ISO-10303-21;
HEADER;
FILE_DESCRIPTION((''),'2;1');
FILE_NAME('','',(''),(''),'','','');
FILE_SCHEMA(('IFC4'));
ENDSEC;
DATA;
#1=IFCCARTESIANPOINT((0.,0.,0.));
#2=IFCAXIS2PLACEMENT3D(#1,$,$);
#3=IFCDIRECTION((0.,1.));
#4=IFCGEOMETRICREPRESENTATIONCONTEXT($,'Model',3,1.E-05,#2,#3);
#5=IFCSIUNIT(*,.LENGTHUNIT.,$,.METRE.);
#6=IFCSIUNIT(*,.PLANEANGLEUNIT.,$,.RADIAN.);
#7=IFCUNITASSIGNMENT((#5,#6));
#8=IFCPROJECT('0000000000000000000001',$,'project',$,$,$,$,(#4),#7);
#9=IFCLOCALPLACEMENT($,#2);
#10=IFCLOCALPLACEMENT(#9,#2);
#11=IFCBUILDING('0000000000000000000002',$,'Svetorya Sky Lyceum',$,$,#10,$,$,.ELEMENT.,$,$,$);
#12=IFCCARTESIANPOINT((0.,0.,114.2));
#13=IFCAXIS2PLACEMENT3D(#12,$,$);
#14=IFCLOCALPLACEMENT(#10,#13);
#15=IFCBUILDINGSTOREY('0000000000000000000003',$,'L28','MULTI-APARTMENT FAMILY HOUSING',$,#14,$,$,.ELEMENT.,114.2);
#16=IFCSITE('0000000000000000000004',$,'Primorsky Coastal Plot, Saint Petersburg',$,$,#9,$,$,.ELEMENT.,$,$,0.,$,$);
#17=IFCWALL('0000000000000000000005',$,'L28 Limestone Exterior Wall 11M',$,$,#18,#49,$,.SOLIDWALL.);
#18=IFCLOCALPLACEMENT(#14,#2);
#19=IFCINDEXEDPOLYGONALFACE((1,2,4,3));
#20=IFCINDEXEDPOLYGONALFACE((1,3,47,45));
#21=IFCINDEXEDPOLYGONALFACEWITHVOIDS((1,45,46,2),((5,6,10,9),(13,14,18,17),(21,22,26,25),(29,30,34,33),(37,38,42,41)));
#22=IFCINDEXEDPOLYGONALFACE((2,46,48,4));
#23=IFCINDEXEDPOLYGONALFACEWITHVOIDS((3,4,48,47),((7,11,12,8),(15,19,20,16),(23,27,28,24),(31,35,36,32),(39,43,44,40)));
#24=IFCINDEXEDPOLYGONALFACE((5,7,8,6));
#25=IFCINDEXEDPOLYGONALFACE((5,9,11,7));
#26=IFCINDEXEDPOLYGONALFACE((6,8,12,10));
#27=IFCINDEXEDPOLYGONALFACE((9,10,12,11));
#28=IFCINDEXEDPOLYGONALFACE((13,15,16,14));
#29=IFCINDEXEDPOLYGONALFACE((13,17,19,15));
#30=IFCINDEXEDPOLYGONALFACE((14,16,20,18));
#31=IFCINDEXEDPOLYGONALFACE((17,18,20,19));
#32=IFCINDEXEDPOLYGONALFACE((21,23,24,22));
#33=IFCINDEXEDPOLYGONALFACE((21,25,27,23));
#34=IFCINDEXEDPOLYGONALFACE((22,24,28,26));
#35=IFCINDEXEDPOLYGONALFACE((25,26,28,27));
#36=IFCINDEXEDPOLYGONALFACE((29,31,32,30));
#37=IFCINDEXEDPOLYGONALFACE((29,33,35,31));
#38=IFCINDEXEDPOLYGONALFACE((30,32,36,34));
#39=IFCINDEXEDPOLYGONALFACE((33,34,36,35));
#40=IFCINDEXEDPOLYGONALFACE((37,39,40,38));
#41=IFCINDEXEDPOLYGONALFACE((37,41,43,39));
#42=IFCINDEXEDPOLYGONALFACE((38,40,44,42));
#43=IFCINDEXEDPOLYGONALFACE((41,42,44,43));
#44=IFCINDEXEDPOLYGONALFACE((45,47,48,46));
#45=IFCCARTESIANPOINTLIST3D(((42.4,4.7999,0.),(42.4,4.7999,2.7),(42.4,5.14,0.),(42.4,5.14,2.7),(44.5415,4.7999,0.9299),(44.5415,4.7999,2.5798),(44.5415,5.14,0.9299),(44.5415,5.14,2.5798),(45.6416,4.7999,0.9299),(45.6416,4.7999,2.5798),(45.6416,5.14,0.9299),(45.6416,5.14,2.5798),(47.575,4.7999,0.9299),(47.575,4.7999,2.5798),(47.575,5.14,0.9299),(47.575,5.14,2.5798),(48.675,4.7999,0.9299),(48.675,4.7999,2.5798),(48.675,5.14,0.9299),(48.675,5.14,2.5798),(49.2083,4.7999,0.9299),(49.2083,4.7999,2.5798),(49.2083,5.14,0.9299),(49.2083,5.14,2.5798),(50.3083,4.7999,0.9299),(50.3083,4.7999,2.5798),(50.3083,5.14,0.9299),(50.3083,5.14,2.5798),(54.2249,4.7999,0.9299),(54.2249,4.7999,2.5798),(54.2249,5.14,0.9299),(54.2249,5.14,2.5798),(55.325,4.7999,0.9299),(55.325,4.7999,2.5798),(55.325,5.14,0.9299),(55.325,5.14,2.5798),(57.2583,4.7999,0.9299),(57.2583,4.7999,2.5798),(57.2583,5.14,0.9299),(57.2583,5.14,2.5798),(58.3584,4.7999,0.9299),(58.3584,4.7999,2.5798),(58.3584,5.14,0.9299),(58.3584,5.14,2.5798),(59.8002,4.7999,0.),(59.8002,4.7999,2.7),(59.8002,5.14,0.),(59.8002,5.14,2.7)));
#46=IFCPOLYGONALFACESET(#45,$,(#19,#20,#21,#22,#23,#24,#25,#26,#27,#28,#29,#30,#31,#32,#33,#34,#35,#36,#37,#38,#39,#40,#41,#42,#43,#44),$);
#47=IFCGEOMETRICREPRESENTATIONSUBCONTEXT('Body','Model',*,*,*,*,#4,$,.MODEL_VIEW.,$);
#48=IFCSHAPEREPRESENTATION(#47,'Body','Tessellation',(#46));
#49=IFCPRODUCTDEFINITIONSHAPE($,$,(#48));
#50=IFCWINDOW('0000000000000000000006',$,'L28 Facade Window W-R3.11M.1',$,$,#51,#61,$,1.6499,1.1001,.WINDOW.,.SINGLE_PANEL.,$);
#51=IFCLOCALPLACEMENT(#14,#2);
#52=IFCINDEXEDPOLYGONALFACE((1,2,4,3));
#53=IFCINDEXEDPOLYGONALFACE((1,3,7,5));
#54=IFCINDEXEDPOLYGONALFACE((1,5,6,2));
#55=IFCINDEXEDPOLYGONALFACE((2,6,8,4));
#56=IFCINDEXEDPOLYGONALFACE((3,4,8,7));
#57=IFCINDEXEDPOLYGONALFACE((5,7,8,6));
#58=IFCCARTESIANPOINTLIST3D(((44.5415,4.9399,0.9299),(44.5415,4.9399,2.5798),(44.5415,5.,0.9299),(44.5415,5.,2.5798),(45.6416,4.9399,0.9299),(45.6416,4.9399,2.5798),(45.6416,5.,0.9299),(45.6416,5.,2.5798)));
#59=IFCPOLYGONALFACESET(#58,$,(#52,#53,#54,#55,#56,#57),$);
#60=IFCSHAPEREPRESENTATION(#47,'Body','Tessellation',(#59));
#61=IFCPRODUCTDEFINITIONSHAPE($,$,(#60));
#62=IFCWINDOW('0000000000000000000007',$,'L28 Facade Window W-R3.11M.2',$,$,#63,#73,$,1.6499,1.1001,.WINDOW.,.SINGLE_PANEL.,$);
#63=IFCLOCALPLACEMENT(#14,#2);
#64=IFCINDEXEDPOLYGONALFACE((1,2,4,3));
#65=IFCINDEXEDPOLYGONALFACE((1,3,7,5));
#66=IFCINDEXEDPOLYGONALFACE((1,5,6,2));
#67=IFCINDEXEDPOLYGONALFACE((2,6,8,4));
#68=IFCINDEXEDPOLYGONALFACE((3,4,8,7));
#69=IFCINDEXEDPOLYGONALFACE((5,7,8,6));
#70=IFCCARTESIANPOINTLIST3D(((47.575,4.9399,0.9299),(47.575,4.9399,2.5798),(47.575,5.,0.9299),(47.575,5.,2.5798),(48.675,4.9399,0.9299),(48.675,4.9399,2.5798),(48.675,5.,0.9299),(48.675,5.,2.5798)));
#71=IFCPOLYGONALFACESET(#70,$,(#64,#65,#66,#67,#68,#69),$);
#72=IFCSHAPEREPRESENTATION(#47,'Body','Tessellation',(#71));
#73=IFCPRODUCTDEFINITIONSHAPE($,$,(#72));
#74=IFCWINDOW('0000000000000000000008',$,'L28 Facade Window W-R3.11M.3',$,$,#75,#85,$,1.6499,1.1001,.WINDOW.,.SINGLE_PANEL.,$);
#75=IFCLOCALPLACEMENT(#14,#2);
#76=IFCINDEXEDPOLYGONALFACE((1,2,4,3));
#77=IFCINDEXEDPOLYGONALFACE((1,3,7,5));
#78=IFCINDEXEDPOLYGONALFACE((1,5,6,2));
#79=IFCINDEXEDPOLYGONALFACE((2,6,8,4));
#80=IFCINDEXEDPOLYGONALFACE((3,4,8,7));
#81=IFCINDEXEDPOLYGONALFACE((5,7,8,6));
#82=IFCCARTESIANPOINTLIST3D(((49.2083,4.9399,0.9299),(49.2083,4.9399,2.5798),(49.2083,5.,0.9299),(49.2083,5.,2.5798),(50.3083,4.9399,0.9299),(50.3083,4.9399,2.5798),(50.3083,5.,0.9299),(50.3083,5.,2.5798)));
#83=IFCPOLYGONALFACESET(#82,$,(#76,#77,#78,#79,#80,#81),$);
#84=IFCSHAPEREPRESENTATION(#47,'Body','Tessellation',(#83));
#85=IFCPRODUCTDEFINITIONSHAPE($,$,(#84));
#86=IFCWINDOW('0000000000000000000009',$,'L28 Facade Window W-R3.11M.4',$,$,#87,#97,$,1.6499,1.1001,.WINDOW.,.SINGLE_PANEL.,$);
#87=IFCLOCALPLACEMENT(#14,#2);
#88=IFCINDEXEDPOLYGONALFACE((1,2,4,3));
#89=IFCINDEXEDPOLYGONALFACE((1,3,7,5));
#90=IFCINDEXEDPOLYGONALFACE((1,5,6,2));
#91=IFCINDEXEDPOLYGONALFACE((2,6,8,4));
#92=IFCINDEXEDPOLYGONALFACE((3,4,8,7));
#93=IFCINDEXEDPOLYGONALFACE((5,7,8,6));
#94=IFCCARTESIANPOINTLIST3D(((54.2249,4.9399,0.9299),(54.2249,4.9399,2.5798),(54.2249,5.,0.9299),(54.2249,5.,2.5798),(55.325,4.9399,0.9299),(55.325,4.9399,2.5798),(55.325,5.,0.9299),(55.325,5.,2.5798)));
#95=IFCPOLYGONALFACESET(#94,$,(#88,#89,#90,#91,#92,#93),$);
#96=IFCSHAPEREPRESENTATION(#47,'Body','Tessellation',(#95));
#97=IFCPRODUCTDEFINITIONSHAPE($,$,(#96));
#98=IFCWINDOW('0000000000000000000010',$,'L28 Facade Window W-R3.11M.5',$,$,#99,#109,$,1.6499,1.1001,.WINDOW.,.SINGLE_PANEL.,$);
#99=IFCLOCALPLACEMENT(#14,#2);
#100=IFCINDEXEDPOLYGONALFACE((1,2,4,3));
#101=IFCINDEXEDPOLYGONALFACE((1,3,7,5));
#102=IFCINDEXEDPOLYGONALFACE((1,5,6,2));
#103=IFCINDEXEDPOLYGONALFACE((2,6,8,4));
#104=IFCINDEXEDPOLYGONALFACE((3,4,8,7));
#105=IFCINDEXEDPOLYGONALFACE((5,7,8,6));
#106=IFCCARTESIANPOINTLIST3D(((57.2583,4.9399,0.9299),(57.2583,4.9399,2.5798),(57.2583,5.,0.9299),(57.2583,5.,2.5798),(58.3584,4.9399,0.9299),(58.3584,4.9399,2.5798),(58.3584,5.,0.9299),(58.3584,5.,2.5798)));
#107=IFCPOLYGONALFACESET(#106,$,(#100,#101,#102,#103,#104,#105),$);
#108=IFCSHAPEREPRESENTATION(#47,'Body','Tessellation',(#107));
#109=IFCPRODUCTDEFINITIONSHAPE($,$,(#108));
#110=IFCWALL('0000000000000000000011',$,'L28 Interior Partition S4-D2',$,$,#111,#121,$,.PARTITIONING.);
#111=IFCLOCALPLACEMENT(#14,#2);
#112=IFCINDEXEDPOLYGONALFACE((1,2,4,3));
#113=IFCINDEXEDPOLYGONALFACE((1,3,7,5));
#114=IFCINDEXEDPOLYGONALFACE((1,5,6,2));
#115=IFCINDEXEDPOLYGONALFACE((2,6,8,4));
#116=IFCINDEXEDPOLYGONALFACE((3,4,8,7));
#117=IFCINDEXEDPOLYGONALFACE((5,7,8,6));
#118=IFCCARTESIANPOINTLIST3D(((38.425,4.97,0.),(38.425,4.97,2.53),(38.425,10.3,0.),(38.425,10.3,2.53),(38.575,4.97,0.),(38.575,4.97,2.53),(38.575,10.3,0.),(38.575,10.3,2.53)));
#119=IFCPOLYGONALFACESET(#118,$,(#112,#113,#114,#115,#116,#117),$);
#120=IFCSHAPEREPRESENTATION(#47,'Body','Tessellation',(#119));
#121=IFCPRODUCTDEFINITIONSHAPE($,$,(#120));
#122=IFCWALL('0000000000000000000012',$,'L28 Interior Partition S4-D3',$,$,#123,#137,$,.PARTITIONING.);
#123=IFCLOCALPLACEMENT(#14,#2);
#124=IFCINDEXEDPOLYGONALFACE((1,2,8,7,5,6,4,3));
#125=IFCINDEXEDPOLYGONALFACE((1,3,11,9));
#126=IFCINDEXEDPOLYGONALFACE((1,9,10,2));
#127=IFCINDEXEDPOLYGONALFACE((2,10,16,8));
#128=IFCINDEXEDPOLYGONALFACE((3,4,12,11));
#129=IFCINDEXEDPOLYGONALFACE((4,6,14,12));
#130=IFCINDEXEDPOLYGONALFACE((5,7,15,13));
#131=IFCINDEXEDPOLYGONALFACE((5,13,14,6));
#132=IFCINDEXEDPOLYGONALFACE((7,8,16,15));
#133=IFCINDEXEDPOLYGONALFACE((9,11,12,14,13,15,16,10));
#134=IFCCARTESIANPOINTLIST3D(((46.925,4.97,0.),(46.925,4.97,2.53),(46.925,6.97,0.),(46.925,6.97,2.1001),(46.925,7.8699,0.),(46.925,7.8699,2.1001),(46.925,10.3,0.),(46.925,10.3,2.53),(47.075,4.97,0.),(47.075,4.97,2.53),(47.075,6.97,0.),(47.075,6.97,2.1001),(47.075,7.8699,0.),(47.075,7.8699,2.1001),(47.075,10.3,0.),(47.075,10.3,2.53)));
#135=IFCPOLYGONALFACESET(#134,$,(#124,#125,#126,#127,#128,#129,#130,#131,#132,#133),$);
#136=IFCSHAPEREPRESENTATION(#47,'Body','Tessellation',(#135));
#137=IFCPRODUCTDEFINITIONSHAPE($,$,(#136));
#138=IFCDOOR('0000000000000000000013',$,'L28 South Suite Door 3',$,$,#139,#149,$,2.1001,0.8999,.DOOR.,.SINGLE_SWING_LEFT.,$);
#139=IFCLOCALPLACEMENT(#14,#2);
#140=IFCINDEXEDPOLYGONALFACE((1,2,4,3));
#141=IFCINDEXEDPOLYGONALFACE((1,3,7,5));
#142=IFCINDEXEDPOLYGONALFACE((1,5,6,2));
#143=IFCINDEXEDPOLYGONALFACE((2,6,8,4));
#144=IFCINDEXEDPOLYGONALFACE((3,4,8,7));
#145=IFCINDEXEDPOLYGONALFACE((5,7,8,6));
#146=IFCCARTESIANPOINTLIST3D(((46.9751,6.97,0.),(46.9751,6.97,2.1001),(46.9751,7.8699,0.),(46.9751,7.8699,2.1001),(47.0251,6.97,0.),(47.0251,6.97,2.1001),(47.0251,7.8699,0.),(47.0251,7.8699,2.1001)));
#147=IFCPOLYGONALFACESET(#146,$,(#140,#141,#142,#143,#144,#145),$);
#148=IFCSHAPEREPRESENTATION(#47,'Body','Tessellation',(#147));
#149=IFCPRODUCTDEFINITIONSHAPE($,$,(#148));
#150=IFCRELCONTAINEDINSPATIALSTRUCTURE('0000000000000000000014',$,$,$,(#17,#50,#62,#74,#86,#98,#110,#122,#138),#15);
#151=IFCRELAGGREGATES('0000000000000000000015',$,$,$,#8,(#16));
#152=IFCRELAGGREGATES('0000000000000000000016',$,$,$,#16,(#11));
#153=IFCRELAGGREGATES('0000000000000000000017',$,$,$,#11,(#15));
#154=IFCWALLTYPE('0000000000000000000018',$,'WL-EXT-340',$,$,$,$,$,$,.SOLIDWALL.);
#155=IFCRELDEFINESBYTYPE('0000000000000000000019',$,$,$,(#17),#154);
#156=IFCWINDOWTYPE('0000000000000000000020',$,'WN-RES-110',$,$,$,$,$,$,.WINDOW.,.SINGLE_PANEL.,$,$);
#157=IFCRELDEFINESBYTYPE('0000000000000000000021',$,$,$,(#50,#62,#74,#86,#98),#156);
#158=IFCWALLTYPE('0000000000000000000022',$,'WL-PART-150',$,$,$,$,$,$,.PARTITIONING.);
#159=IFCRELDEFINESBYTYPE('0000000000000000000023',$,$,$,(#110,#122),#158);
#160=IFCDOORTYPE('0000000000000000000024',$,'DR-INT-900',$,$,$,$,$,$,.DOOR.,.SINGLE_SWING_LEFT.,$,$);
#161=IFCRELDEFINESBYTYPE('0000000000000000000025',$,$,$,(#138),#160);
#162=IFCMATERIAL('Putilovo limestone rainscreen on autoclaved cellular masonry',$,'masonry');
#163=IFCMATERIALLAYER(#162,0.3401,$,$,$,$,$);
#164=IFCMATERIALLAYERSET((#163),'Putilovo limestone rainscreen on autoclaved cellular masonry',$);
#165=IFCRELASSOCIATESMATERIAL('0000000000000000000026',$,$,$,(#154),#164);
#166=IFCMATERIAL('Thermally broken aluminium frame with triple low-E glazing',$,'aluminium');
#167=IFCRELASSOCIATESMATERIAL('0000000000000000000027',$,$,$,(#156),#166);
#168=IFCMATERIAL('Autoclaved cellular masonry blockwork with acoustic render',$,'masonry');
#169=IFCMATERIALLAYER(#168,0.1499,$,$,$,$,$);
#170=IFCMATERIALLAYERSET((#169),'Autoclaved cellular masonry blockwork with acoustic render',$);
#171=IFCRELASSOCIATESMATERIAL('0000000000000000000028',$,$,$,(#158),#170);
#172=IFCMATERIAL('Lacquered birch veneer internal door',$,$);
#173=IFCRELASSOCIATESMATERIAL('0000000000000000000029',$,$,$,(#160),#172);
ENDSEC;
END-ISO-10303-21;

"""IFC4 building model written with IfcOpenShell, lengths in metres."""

from ifc_helpers import new_model, si_unit, direction, frame, frame_2d, origin, place, context, subcontext, project, spatial, rectangle, extrude, material, layer, layer_set, type_object, element, fill, save


model = new_model("IFC4")

# Units and contexts
model_context = context("Model", 3, precision=1e-05, world=origin(), true_north=direction((0.0, 1.0)))
body_context = subcontext(model_context, "Body", "Model", "MODEL_VIEW")
ifc_project = project(units=[si_unit("LENGTHUNIT", "METRE"), si_unit("PLANEANGLEUNIT", "RADIAN")], contexts=[model_context])

# Site, building, storey
site_placement = place(None, origin())
site = spatial("IfcSite", under=ifc_project, at=site_placement, Name="Primorsky Coastal Plot, Saint Petersburg", CompositionType="ELEMENT", RefElevation=0.0)
building_placement = place(site_placement, origin())
building = spatial("IfcBuilding", under=site, at=building_placement, Name="Svetorya Sky Lyceum", CompositionType="ELEMENT")
storey_placement = place(building_placement, frame((0.0, 0.0, 114.2)))
storey = spatial("IfcBuildingStorey", under=building, at=storey_placement, Name="L28", Description="MULTI-APARTMENT FAMILY HOUSING", CompositionType="ELEMENT", Elevation=114.2)

# Shared definitions
ifc_material_1 = material(Name="Putilovo limestone rainscreen on autoclaved cellular masonry", Category="masonry")
ifc_layer_1 = layer(ifc_material_1, 0.3401)
ifc_layer_set_1 = layer_set([ifc_layer_1], Name="Putilovo limestone rainscreen on autoclaved cellular masonry")
wall_type_1 = type_object("IfcWallType", Name="WL-EXT-340", PredefinedType="SOLIDWALL", material=ifc_layer_set_1)

# Wall, openings, windows
wall_1_placement = place(storey_placement, frame((42.3999, 4.97, 0.0), z_axis=(0.0, 0.0, 1.0), x_axis=(1.0, 0.0, 0.0)))
wall_1 = element("IfcWall", 1, at=wall_1_placement, inside=storey, type_object=wall_type_1, Name="L28 Limestone Exterior Wall 11M", PredefinedType="SOLIDWALL", context=body_context, shape_type="SweptSolid", body=[
    extrude(rectangle(XDim=17.4001, YDim=0.3401, at=frame_2d((8.7002, 0.0))), origin(), (0.0, 0.0, 1.0), 2.7),
])
opening_1_placement = place(wall_1_placement, frame((2.1416, 0.0, 0.9299)))
opening_1 = element("IfcOpeningElement", 2, at=opening_1_placement, cuts=wall_1, PredefinedType="OPENING", context=body_context, shape_type="SweptSolid", body=[
    extrude(rectangle(XDim=1.1001, YDim=1.6499, at=frame_2d((0.55, 0.825))), frame((0.0, 0.1799, 0.0), z_axis=(0.0, -1.0, 0.0), x_axis=(1.0, 0.0, 0.0)), (0.0, 0.0, 1.0), 0.3601),
])
opening_2_placement = place(wall_1_placement, frame((5.175, 0.0, 0.9299)))
opening_2 = element("IfcOpeningElement", 3, at=opening_2_placement, cuts=wall_1, PredefinedType="OPENING", context=body_context, shape_type="SweptSolid", body=[
    extrude(rectangle(XDim=1.1001, YDim=1.6499, at=frame_2d((0.55, 0.825))), frame((0.0, 0.1799, 0.0), z_axis=(0.0, -1.0, 0.0), x_axis=(1.0, 0.0, 0.0)), (0.0, 0.0, 1.0), 0.3601),
])
opening_3_placement = place(wall_1_placement, frame((6.8083, 0.0, 0.9299)))
opening_3 = element("IfcOpeningElement", 4, at=opening_3_placement, cuts=wall_1, PredefinedType="OPENING", context=body_context, shape_type="SweptSolid", body=[
    extrude(rectangle(XDim=1.1001, YDim=1.6499, at=frame_2d((0.55, 0.825))), frame((0.0, 0.1799, 0.0), z_axis=(0.0, -1.0, 0.0), x_axis=(1.0, 0.0, 0.0)), (0.0, 0.0, 1.0), 0.3601),
])
opening_4_placement = place(wall_1_placement, frame((11.825, 0.0, 0.9299)))
opening_4 = element("IfcOpeningElement", 5, at=opening_4_placement, cuts=wall_1, PredefinedType="OPENING", context=body_context, shape_type="SweptSolid", body=[
    extrude(rectangle(XDim=1.1001, YDim=1.6499, at=frame_2d((0.55, 0.825))), frame((0.0, 0.1799, 0.0), z_axis=(0.0, -1.0, 0.0), x_axis=(1.0, 0.0, 0.0)), (0.0, 0.0, 1.0), 0.3601),
])
opening_5_placement = place(wall_1_placement, frame((14.8584, 0.0, 0.9299)))
opening_5 = element("IfcOpeningElement", 6, at=opening_5_placement, cuts=wall_1, PredefinedType="OPENING", context=body_context, shape_type="SweptSolid", body=[
    extrude(rectangle(XDim=1.1001, YDim=1.6499, at=frame_2d((0.55, 0.825))), frame((0.0, 0.1799, 0.0), z_axis=(0.0, -1.0, 0.0), x_axis=(1.0, 0.0, 0.0)), (0.0, 0.0, 1.0), 0.3601),
])
ifc_material_2 = material(Name="Thermally broken aluminium frame with triple low-E glazing", Category="aluminium")
window_type = type_object("IfcWindowType", Name="WN-RES-110", PartitioningType="SINGLE_PANEL", PredefinedType="WINDOW", material=ifc_material_2)
window_1_placement = place(opening_1_placement, origin())
window_1 = element("IfcWindow", 7, at=window_1_placement, inside=storey, type_object=window_type, Name="L28 Facade Window W-R3.11M.1", OverallHeight=1.6499, OverallWidth=1.1001, PartitioningType="SINGLE_PANEL", PredefinedType="WINDOW", context=body_context, shape_type="SweptSolid", body=[
    extrude(rectangle(XDim=1.1001, YDim=1.6499, at=frame_2d((0.55, 0.825))), frame((0.0, 0.03, 0.0), z_axis=(0.0, -1.0, 0.0), x_axis=(1.0, 0.0, 0.0)), (0.0, 0.0, 1.0), 0.0601),
])
fill(opening_1, window_1)
window_2_placement = place(opening_2_placement, origin())
window_2 = element("IfcWindow", 8, at=window_2_placement, inside=storey, type_object=window_type, Name="L28 Facade Window W-R3.11M.2", OverallHeight=1.6499, OverallWidth=1.1001, PartitioningType="SINGLE_PANEL", PredefinedType="WINDOW", context=body_context, shape_type="SweptSolid", body=[
    extrude(rectangle(XDim=1.1001, YDim=1.6499, at=frame_2d((0.55, 0.825))), frame((0.0, 0.03, 0.0), z_axis=(0.0, -1.0, 0.0), x_axis=(1.0, 0.0, 0.0)), (0.0, 0.0, 1.0), 0.0601),
])
fill(opening_2, window_2)
window_3_placement = place(opening_3_placement, origin())
window_3 = element("IfcWindow", 9, at=window_3_placement, inside=storey, type_object=window_type, Name="L28 Facade Window W-R3.11M.3", OverallHeight=1.6499, OverallWidth=1.1001, PartitioningType="SINGLE_PANEL", PredefinedType="WINDOW", context=body_context, shape_type="SweptSolid", body=[
    extrude(rectangle(XDim=1.1001, YDim=1.6499, at=frame_2d((0.55, 0.825))), frame((0.0, 0.03, 0.0), z_axis=(0.0, -1.0, 0.0), x_axis=(1.0, 0.0, 0.0)), (0.0, 0.0, 1.0), 0.0601),
])
fill(opening_3, window_3)
window_4_placement = place(opening_4_placement, origin())
window_4 = element("IfcWindow", 10, at=window_4_placement, inside=storey, type_object=window_type, Name="L28 Facade Window W-R3.11M.4", OverallHeight=1.6499, OverallWidth=1.1001, PartitioningType="SINGLE_PANEL", PredefinedType="WINDOW", context=body_context, shape_type="SweptSolid", body=[
    extrude(rectangle(XDim=1.1001, YDim=1.6499, at=frame_2d((0.55, 0.825))), frame((0.0, 0.03, 0.0), z_axis=(0.0, -1.0, 0.0), x_axis=(1.0, 0.0, 0.0)), (0.0, 0.0, 1.0), 0.0601),
])
fill(opening_4, window_4)
window_5_placement = place(opening_5_placement, origin())
window_5 = element("IfcWindow", 11, at=window_5_placement, inside=storey, type_object=window_type, Name="L28 Facade Window W-R3.11M.5", OverallHeight=1.6499, OverallWidth=1.1001, PartitioningType="SINGLE_PANEL", PredefinedType="WINDOW", context=body_context, shape_type="SweptSolid", body=[
    extrude(rectangle(XDim=1.1001, YDim=1.6499, at=frame_2d((0.55, 0.825))), frame((0.0, 0.03, 0.0), z_axis=(0.0, -1.0, 0.0), x_axis=(1.0, 0.0, 0.0)), (0.0, 0.0, 1.0), 0.0601),
])
fill(opening_5, window_5)

# Wall
ifc_material_3 = material(Name="Autoclaved cellular masonry blockwork with acoustic render", Category="masonry")
ifc_layer_2 = layer(ifc_material_3, 0.1499)
ifc_layer_set_2 = layer_set([ifc_layer_2], Name="Autoclaved cellular masonry blockwork with acoustic render")
wall_type_2 = type_object("IfcWallType", Name="WL-PART-150", PredefinedType="PARTITIONING", material=ifc_layer_set_2)
wall_2_placement = place(storey_placement, frame((38.5, 4.97, 0.0), z_axis=(0.0, 0.0, 1.0), x_axis=(0.0, 1.0, 0.0)))
element("IfcWall", 12, at=wall_2_placement, inside=storey, type_object=wall_type_2, Name="L28 Interior Partition S4-D2", PredefinedType="PARTITIONING", context=body_context, shape_type="SweptSolid", body=[
    extrude(rectangle(XDim=5.3301, YDim=0.1499, at=frame_2d((2.665, 0.0))), origin(), (0.0, 0.0, 1.0), 2.53),
])

# Wall, opening, door
wall_3_placement = place(storey_placement, frame((47.0, 4.97, 0.0), z_axis=(0.0, 0.0, 1.0), x_axis=(0.0, 1.0, 0.0)))
wall_3 = element("IfcWall", 13, at=wall_3_placement, inside=storey, type_object=wall_type_2, Name="L28 Interior Partition S4-D3", PredefinedType="PARTITIONING", context=body_context, shape_type="SweptSolid", body=[
    extrude(rectangle(XDim=5.3301, YDim=0.1499, at=frame_2d((2.665, 0.0))), origin(), (0.0, 0.0, 1.0), 2.53),
])
opening_6_placement = place(wall_3_placement, frame((2.0, 0.0, 0.0)))
opening_6 = element("IfcOpeningElement", 14, at=opening_6_placement, cuts=wall_3, PredefinedType="OPENING", context=body_context, shape_type="SweptSolid", body=[
    extrude(rectangle(XDim=0.8999, YDim=2.1001, at=frame_2d((0.45, 1.05))), frame((0.0, 0.085, 0.0), z_axis=(0.0, -1.0, 0.0), x_axis=(1.0, 0.0, 0.0)), (0.0, 0.0, 1.0), 0.1699),
])
ifc_material_4 = material(Name="Lacquered birch veneer internal door")
door_type = type_object("IfcDoorType", Name="DR-INT-900", OperationType="SINGLE_SWING_LEFT", PredefinedType="DOOR", material=ifc_material_4)
door_placement = place(opening_6_placement, origin())
door = element("IfcDoor", 15, at=door_placement, inside=storey, type_object=door_type, Name="L28 South Suite Door 3", OperationType="SINGLE_SWING_LEFT", OverallHeight=2.1001, OverallWidth=0.8999, PredefinedType="DOOR", context=body_context, shape_type="SweptSolid", body=[
    extrude(rectangle(XDim=0.8999, YDim=2.1001, at=frame_2d((0.45, 1.05))), frame((0.0, 0.0249, 0.0), z_axis=(0.0, -1.0, 0.0), x_axis=(1.0, 0.0, 0.0)), (0.0, 0.0, 1.0), 0.05),
])
fill(opening_6, door)

save(model, "model.ifc")
